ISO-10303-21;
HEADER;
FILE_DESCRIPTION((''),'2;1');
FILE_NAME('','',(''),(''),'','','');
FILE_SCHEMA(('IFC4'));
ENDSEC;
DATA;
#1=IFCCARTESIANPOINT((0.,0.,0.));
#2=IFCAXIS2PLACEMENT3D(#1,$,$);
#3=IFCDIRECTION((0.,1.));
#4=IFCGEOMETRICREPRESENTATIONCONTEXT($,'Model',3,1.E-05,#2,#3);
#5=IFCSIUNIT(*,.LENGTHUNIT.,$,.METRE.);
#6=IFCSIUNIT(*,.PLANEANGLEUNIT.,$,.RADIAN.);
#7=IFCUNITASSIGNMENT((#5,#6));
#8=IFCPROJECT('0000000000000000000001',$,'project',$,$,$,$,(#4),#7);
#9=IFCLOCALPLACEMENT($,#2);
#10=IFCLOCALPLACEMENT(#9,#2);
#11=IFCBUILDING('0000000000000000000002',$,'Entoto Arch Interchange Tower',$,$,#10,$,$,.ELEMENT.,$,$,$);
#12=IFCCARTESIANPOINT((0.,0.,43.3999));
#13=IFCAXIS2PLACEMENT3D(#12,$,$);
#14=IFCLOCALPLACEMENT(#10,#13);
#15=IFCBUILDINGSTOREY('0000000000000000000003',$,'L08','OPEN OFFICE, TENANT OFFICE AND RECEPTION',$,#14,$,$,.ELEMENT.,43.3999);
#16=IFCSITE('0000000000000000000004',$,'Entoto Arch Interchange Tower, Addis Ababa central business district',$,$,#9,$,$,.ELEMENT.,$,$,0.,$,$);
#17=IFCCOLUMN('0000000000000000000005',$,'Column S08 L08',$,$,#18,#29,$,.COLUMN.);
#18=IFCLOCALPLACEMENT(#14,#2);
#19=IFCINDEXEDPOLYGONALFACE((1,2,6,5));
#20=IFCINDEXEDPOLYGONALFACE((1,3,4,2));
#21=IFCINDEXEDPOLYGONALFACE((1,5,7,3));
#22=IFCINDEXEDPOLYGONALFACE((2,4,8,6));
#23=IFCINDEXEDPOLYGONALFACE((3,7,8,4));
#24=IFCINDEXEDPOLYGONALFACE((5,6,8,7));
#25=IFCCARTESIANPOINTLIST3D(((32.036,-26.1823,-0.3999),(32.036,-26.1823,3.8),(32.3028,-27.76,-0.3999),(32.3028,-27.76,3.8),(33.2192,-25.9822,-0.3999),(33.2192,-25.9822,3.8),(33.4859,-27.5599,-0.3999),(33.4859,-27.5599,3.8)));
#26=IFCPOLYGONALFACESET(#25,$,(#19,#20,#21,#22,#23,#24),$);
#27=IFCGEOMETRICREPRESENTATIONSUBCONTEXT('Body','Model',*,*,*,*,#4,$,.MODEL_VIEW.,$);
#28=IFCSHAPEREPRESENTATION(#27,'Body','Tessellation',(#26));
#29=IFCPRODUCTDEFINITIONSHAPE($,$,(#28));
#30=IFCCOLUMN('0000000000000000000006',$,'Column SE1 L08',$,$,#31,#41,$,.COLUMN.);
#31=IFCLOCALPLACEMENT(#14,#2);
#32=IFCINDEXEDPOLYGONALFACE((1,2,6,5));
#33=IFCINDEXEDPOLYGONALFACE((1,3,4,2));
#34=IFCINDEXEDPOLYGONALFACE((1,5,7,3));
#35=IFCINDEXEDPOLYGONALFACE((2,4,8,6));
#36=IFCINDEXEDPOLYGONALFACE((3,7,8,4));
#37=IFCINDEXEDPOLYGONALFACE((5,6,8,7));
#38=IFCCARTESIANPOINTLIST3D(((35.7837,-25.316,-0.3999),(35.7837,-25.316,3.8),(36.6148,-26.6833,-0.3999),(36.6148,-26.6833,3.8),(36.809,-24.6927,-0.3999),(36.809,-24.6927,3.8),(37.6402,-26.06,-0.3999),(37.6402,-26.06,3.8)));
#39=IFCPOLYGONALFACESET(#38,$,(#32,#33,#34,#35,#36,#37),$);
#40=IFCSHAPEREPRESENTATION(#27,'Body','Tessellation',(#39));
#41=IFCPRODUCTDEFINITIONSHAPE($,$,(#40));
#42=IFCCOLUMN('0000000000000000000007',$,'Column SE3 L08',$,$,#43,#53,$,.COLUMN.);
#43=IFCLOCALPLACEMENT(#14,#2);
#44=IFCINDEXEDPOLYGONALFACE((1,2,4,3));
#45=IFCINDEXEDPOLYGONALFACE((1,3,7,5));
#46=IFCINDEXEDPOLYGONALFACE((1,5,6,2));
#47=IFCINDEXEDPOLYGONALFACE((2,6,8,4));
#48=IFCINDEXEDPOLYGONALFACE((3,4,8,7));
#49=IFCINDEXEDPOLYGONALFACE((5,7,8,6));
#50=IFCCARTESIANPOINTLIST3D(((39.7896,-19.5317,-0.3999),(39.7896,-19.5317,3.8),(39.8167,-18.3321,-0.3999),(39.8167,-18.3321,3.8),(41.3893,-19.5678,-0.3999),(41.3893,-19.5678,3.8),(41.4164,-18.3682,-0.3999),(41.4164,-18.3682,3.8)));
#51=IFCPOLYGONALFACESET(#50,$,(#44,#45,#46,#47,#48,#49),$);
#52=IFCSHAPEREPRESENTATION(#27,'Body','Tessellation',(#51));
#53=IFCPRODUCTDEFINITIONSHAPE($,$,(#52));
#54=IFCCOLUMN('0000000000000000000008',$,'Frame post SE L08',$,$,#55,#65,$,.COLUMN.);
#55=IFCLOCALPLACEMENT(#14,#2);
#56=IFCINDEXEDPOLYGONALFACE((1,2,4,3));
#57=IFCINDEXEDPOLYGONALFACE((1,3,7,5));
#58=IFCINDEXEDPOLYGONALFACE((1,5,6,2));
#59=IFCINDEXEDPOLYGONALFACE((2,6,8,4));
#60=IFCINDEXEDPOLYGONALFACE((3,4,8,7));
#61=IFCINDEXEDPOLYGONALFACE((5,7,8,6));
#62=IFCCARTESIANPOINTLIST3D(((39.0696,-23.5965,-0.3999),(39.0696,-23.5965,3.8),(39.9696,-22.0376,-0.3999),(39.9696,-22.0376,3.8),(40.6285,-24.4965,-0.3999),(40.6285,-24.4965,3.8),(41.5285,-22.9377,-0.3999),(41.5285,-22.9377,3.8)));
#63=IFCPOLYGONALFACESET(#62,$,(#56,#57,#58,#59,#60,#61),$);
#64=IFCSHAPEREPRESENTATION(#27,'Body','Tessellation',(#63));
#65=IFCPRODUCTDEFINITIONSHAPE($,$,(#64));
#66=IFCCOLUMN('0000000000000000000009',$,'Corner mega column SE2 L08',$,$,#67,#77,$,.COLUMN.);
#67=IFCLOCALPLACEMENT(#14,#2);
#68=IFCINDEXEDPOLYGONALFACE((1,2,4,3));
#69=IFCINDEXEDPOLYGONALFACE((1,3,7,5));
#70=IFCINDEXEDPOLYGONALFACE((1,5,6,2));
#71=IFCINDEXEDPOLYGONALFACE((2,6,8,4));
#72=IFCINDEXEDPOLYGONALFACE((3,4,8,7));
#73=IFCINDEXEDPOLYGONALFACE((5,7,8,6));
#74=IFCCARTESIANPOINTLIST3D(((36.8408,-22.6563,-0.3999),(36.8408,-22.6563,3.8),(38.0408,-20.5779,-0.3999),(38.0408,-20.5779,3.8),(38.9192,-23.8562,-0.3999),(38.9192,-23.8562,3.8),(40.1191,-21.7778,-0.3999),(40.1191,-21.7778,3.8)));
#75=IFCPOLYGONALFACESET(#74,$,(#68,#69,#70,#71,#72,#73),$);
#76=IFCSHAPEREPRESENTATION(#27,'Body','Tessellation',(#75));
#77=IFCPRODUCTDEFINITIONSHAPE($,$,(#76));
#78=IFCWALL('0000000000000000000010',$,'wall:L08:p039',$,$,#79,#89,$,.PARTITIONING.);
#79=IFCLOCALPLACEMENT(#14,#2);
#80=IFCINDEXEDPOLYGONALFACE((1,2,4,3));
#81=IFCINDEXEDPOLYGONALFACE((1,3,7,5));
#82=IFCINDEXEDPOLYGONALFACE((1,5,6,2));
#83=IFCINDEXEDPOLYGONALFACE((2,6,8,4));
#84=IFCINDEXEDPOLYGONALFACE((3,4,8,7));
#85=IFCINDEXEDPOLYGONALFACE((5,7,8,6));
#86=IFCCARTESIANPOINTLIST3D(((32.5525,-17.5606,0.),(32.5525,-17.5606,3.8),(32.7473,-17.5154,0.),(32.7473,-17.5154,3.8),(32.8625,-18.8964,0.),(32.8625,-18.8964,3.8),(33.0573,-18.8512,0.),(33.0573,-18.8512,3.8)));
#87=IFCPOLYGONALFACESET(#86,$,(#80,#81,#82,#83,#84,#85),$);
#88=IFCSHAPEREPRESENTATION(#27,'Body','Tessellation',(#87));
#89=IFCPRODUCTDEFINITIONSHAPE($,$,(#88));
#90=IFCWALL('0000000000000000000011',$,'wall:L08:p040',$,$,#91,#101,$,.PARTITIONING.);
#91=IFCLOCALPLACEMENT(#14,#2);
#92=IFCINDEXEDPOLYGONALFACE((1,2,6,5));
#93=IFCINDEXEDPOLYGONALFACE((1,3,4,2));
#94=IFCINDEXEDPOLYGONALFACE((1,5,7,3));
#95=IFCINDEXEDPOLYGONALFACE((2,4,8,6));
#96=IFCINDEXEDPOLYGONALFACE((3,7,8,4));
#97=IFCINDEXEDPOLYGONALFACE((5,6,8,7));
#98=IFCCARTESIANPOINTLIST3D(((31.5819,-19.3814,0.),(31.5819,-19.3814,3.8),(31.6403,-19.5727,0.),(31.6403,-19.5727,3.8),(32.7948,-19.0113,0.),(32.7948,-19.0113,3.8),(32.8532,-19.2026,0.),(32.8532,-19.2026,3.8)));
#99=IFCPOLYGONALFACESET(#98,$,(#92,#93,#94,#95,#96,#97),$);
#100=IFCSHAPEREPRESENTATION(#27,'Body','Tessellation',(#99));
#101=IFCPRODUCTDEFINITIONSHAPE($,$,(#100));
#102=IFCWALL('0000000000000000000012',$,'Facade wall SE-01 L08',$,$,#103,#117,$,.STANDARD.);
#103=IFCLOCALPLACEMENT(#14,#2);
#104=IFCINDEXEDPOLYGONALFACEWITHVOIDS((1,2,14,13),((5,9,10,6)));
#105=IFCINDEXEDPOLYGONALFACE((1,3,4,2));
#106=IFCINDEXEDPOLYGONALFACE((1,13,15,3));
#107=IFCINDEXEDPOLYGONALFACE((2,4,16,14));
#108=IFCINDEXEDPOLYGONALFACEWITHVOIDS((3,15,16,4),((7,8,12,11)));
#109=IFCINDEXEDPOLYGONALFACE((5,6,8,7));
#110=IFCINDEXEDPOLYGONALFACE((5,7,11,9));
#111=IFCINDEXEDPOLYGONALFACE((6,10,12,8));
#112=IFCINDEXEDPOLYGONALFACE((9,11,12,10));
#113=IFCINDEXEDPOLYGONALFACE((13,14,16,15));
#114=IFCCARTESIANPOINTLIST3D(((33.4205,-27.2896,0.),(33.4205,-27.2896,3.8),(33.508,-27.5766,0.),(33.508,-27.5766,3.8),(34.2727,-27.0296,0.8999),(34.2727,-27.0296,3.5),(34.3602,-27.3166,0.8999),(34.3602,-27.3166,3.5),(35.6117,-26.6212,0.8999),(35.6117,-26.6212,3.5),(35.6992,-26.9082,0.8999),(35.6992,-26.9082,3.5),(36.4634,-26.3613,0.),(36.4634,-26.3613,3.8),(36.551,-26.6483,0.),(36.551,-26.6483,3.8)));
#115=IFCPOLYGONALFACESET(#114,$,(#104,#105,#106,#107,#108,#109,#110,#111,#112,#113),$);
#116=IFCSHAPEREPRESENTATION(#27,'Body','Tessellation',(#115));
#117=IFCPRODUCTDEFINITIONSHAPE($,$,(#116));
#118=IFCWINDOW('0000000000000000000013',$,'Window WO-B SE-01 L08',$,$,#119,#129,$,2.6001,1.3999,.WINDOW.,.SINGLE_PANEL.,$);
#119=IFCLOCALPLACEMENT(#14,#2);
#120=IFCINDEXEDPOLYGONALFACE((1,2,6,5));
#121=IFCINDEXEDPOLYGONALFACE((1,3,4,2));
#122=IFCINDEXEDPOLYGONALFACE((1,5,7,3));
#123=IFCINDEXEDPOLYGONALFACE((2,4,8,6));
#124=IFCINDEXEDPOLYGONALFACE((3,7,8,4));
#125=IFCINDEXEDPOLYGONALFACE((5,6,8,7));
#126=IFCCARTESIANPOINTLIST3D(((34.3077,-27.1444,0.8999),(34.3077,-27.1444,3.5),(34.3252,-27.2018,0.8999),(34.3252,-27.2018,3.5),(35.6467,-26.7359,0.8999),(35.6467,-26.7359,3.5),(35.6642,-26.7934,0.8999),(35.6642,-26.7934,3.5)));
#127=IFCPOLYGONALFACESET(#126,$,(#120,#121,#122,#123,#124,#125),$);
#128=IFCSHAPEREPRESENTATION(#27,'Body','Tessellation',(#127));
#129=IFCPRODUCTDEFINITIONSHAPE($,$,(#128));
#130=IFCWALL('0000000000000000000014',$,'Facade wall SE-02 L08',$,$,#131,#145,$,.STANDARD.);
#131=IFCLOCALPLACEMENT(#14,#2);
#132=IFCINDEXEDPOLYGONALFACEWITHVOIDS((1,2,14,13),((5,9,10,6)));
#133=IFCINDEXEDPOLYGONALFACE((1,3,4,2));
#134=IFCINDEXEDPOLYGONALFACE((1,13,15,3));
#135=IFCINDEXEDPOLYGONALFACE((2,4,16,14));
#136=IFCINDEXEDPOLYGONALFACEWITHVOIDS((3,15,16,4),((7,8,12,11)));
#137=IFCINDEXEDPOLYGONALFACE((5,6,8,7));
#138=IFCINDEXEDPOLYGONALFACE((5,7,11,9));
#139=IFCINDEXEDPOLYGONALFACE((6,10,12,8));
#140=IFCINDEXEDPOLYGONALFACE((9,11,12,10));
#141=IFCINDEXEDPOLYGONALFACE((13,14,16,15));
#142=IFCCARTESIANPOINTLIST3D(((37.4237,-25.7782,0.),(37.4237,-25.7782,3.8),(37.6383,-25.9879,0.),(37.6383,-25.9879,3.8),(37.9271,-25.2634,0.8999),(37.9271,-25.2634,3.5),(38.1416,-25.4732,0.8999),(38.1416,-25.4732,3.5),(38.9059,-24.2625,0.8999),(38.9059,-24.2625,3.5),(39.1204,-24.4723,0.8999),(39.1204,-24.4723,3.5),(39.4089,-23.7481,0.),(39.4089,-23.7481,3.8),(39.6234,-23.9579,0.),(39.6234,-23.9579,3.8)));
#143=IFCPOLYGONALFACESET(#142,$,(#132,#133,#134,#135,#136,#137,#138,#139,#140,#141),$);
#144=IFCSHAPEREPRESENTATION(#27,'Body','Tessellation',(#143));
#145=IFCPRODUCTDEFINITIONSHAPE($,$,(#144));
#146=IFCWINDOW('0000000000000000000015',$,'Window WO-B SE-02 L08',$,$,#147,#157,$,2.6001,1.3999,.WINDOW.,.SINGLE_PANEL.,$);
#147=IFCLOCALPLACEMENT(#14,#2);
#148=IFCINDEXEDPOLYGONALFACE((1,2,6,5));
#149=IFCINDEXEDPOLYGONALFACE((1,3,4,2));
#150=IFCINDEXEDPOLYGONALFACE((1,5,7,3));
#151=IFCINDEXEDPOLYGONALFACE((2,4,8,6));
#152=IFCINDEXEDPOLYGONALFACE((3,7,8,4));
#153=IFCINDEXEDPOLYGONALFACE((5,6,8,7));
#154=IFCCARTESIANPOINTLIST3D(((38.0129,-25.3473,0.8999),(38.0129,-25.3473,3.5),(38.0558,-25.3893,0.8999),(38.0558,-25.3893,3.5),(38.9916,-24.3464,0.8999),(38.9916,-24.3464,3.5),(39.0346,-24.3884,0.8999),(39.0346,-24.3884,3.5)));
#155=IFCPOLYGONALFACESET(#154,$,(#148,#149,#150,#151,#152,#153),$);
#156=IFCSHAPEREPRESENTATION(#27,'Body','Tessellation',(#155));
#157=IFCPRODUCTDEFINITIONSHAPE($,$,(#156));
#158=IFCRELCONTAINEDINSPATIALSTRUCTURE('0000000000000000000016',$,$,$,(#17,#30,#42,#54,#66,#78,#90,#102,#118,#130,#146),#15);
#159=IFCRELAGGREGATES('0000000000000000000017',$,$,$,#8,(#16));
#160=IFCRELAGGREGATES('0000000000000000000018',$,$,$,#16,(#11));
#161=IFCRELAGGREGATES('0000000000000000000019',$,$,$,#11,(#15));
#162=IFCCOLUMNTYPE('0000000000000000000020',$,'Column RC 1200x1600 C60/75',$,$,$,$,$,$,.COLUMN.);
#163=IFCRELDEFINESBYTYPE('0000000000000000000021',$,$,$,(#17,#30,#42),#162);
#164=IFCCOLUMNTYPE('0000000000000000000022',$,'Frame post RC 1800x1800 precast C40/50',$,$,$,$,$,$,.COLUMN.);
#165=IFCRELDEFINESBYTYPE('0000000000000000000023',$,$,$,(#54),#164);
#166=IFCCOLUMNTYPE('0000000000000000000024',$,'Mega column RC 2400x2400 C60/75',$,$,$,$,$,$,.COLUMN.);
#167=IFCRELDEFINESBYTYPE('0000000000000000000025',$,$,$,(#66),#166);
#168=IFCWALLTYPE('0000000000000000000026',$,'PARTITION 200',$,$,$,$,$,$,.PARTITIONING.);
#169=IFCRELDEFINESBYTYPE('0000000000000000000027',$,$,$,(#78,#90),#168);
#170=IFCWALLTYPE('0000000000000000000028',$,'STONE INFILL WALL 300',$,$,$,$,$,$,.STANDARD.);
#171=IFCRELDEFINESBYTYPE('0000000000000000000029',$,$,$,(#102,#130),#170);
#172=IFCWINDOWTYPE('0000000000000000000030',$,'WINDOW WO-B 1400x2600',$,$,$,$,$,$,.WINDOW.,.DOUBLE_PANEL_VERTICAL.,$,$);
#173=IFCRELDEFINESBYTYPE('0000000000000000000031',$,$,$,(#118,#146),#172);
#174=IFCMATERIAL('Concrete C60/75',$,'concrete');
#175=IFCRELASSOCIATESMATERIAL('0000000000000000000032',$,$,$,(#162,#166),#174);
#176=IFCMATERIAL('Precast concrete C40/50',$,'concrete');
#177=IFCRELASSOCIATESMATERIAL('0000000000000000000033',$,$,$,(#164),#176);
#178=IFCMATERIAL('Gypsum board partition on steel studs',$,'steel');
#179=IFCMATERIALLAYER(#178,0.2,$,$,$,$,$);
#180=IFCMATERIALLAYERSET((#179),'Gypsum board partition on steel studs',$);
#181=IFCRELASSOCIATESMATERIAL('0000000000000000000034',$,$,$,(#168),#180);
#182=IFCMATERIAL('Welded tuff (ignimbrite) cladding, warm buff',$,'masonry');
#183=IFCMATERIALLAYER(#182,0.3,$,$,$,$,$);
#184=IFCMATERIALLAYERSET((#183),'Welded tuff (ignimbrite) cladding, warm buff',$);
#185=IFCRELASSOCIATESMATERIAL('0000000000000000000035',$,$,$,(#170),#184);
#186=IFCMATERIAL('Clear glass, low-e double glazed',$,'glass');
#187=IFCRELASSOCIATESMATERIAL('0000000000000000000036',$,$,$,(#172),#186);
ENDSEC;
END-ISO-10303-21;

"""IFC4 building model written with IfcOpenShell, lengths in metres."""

from ifc_helpers import new_model, si_unit, direction, frame, frame_2d, origin, origin_2d, place, context, subcontext, project, spatial, rectangle, extrude, material, layer, layer_set, material_profile, profile_set, type_object, element, fill, save


model = new_model("IFC4")

# Units and contexts
model_context = context("Model", 3, precision=1e-05, world=origin(), true_north=direction((0.0, 1.0)))
body_context = subcontext(model_context, "Body", "Model", "MODEL_VIEW")
ifc_project = project(units=[si_unit("LENGTHUNIT", "METRE"), si_unit("PLANEANGLEUNIT", "RADIAN")], contexts=[model_context])

# Site, building, storey
site_placement = place(None, origin())
site = spatial("IfcSite", under=ifc_project, at=site_placement, Name="Entoto Arch Interchange Tower, Addis Ababa central business district", CompositionType="ELEMENT", RefElevation=0.0)
building_placement = place(site_placement, origin())
building = spatial("IfcBuilding", under=site, at=building_placement, Name="Entoto Arch Interchange Tower", CompositionType="ELEMENT")
storey_placement = place(building_placement, frame((0.0, 0.0, 43.3999)))
storey = spatial("IfcBuildingStorey", under=building, at=storey_placement, Name="L08", Description="OPEN OFFICE, TENANT OFFICE AND RECEPTION", CompositionType="ELEMENT", Elevation=43.3999)

# Columns
ifc_material_1 = material(Name="Concrete C60/75", Category="concrete")
ifc_material_profile_1 = material_profile(ifc_material_1, rectangle(XDim=1.2, YDim=1.6001, at=origin_2d()))
ifc_profile_set_1 = profile_set([ifc_material_profile_1], Name="Concrete C60/75")
column_type_1 = type_object("IfcColumnType", Name="Column RC 1200x1600 C60/75", PredefinedType="COLUMN", material=ifc_profile_set_1)
for number, where, z_axis, x_axis, name in (
    (1, (32.761, -26.8711, -0.3999), (0.0, 0.0, 1.0), (0.986005, 0.166717, 0.0), "Column S08 L08"),
    (2, (36.7119, -25.688, -0.3999), (0.0, 0.0, 1.0), (0.854522, 0.519415, 0.0), "Column SE1 L08"),
    (3, (40.603, -18.95, -0.3999), (0.0, 0.0, 1.0), (0.022565, 0.999745, 0.0), "Column SE3 L08"),
):
    element("IfcColumn", number, at=place(storey_placement, frame(where, z_axis=z_axis, x_axis=x_axis)), inside=storey, type_object=column_type_1, Name=name, PredefinedType="COLUMN", context=body_context, shape_type="SweptSolid", body=[
        extrude(rectangle(XDim=1.2, YDim=1.6001, at=origin_2d()), origin(), (0.0, 0.0, 1.0), 4.2),
    ])
ifc_material_2 = material(Name="Precast concrete C40/50", Category="concrete")
ifc_material_profile_2 = material_profile(ifc_material_2, rectangle(XDim=1.8, YDim=1.8, at=origin_2d()))
ifc_profile_set_2 = profile_set([ifc_material_profile_2], Name="Precast concrete C40/50")
column_type_2 = type_object("IfcColumnType", Name="Frame post RC 1800x1800 precast C40/50", PredefinedType="COLUMN", material=ifc_profile_set_2)
column_1_placement = place(storey_placement, frame((40.2991, -23.2671, -0.3999), z_axis=(0.0, 0.0, 1.0), x_axis=(-0.866025, 0.5, 0.0)))
element("IfcColumn", 4, at=column_1_placement, inside=storey, type_object=column_type_2, Name="Frame post SE L08", PredefinedType="COLUMN", context=body_context, shape_type="SweptSolid", body=[
    extrude(rectangle(XDim=1.8, YDim=1.8, at=origin_2d()), origin(), (0.0, 0.0, 1.0), 4.2),
])
ifc_material_profile_3 = material_profile(ifc_material_1, rectangle(XDim=2.3999, YDim=2.3999, at=origin_2d()))
ifc_profile_set_3 = profile_set([ifc_material_profile_3], Name="Concrete C60/75")
column_type_3 = type_object("IfcColumnType", Name="Mega column RC 2400x2400 C60/75", PredefinedType="COLUMN", material=ifc_profile_set_3)
column_2_placement = place(storey_placement, frame((38.48, -22.217, -0.3999), z_axis=(0.0, 0.0, 1.0), x_axis=(-0.866025, 0.5, 0.0)))
element("IfcColumn", 5, at=column_2_placement, inside=storey, type_object=column_type_3, Name="Corner mega column SE2 L08", PredefinedType="COLUMN", context=body_context, shape_type="SweptSolid", body=[
    extrude(rectangle(XDim=2.3999, YDim=2.3999, at=origin_2d()), origin(), (0.0, 0.0, 1.0), 4.2),
])

# Walls
ifc_material_3 = material(Name="Gypsum board partition on steel studs", Category="steel")
ifc_layer_1 = layer(ifc_material_3, 0.2)
ifc_layer_set_1 = layer_set([ifc_layer_1], Name="Gypsum board partition on steel studs")
wall_type_1 = type_object("IfcWallType", Name="PARTITION 200", PredefinedType="PARTITIONING", material=ifc_layer_set_1)
wall_1_placement = place(storey_placement, frame((32.6499, -17.5381, 0.0), z_axis=(0.0, 0.0, 1.0), x_axis=(0.226081, -0.974108, 0.0)))
element("IfcWall", 6, at=wall_1_placement, inside=storey, type_object=wall_type_1, Name="wall:L08:p039", PredefinedType="PARTITIONING", context=body_context, shape_type="SweptSolid", body=[
    extrude(rectangle(XDim=1.3713, YDim=0.2, at=frame_2d((0.6855, 0.0))), origin(), (0.0, 0.0, 1.0), 3.8),
])
wall_2_placement = place(storey_placement, frame((32.824, -19.1069, 0.0), z_axis=(0.0, 0.0, 1.0), x_axis=(-0.956459, -0.291866, 0.0)))
element("IfcWall", 7, at=wall_2_placement, inside=storey, type_object=wall_type_1, Name="wall:L08:p040", PredefinedType="PARTITIONING", context=body_context, shape_type="SweptSolid", body=[
    extrude(rectangle(XDim=1.2681, YDim=0.2, at=frame_2d((0.634, 0.0))), origin(), (0.0, 0.0, 1.0), 3.8),
])

# Walls, openings, windows
ifc_material_4 = material(Name="Welded tuff (ignimbrite) cladding, warm buff", Category="masonry")
ifc_layer_2 = layer(ifc_material_4, 0.3)
ifc_layer_set_2 = layer_set([ifc_layer_2], Name="Welded tuff (ignimbrite) cladding, warm buff")
wall_type_2 = type_object("IfcWallType", Name="STONE INFILL WALL 300", PredefinedType="STANDARD", material=ifc_layer_set_2)
wall_3_placement = place(storey_placement, frame((33.4641, -27.4331, 0.0), z_axis=(0.0, 0.0, 1.0), x_axis=(0.95649, 0.291766, 0.0)))
wall_3 = element("IfcWall", 8, at=wall_3_placement, inside=storey, type_object=wall_type_2, Name="Facade wall SE-01 L08", PredefinedType="STANDARD", context=body_context, shape_type="SweptSolid", body=[
    extrude(rectangle(XDim=3.1814, YDim=0.3, at=frame_2d((1.5908, 0.0))), origin(), (0.0, 0.0, 1.0), 3.8),
])
opening_1_placement = place(wall_3_placement, frame((0.8911, 0.0, 0.8999)))
opening_1 = element("IfcOpeningElement", 9, at=opening_1_placement, cuts=wall_3, PredefinedType="OPENING", context=body_context, shape_type="SweptSolid", body=[
    extrude(rectangle(XDim=1.3999, YDim=2.6001, at=frame_2d((0.7, 1.3))), frame((0.0, 0.1602, 0.0), z_axis=(0.0, -1.0, 0.0), x_axis=(1.0, 0.0, 0.0)), (0.0, 0.0, 1.0), 0.3201),
])
ifc_material_5 = material(Name="Clear glass, low-e double glazed", Category="glass")
window_type = type_object("IfcWindowType", Name="WINDOW WO-B 1400x2600", PartitioningType="DOUBLE_PANEL_VERTICAL", PredefinedType="WINDOW", material=ifc_material_5)
window_1_placement = place(opening_1_placement, origin())
window_1 = element("IfcWindow", 10, at=window_1_placement, inside=storey, type_object=window_type, Name="Window WO-B SE-01 L08", OverallHeight=2.6001, OverallWidth=1.3999, PartitioningType="SINGLE_PANEL", PredefinedType="WINDOW", context=body_context, shape_type="SweptSolid", body=[
    extrude(rectangle(XDim=1.3999, YDim=2.6001, at=frame_2d((0.7, 1.3))), frame((0.0, 0.03, 0.0), z_axis=(0.0, -1.0, 0.0), x_axis=(1.0, 0.0, 0.0)), (0.0, 0.0, 1.0), 0.0601),
])
fill(opening_1, window_1)
wall_4_placement = place(storey_placement, frame((37.531, -25.8831, 0.0), z_axis=(0.0, 0.0, 1.0), x_axis=(0.699152, 0.714973, 0.0)))
wall_4 = element("IfcWall", 11, at=wall_4_placement, inside=storey, type_object=wall_type_2, Name="Facade wall SE-02 L08", PredefinedType="STANDARD", context=body_context, shape_type="SweptSolid", body=[
    extrude(rectangle(XDim=2.8394, YDim=0.3, at=frame_2d((1.4197, 0.0))), origin(), (0.0, 0.0, 1.0), 3.8),
])
opening_2_placement = place(wall_4_placement, frame((0.72, 0.0, 0.8999)))
opening_2 = element("IfcOpeningElement", 12, at=opening_2_placement, cuts=wall_4, PredefinedType="OPENING", context=body_context, shape_type="SweptSolid", body=[
    extrude(rectangle(XDim=1.3999, YDim=2.6001, at=frame_2d((0.7, 1.3))), frame((0.0, 0.1602, 0.0), z_axis=(0.0, -1.0, 0.0), x_axis=(1.0, 0.0, 0.0)), (0.0, 0.0, 1.0), 0.3201),
])
window_2_placement = place(opening_2_placement, origin())
window_2 = element("IfcWindow", 13, at=window_2_placement, inside=storey, type_object=window_type, Name="Window WO-B SE-02 L08", OverallHeight=2.6001, OverallWidth=1.3999, PartitioningType="SINGLE_PANEL", PredefinedType="WINDOW", context=body_context, shape_type="SweptSolid", body=[
    extrude(rectangle(XDim=1.3999, YDim=2.6001, at=frame_2d((0.7, 1.3))), frame((0.0, 0.03, 0.0), z_axis=(0.0, -1.0, 0.0), x_axis=(1.0, 0.0, 0.0)), (0.0, 0.0, 1.0), 0.0601),
])
fill(opening_2, window_2)

save(model, "model.ifc")
